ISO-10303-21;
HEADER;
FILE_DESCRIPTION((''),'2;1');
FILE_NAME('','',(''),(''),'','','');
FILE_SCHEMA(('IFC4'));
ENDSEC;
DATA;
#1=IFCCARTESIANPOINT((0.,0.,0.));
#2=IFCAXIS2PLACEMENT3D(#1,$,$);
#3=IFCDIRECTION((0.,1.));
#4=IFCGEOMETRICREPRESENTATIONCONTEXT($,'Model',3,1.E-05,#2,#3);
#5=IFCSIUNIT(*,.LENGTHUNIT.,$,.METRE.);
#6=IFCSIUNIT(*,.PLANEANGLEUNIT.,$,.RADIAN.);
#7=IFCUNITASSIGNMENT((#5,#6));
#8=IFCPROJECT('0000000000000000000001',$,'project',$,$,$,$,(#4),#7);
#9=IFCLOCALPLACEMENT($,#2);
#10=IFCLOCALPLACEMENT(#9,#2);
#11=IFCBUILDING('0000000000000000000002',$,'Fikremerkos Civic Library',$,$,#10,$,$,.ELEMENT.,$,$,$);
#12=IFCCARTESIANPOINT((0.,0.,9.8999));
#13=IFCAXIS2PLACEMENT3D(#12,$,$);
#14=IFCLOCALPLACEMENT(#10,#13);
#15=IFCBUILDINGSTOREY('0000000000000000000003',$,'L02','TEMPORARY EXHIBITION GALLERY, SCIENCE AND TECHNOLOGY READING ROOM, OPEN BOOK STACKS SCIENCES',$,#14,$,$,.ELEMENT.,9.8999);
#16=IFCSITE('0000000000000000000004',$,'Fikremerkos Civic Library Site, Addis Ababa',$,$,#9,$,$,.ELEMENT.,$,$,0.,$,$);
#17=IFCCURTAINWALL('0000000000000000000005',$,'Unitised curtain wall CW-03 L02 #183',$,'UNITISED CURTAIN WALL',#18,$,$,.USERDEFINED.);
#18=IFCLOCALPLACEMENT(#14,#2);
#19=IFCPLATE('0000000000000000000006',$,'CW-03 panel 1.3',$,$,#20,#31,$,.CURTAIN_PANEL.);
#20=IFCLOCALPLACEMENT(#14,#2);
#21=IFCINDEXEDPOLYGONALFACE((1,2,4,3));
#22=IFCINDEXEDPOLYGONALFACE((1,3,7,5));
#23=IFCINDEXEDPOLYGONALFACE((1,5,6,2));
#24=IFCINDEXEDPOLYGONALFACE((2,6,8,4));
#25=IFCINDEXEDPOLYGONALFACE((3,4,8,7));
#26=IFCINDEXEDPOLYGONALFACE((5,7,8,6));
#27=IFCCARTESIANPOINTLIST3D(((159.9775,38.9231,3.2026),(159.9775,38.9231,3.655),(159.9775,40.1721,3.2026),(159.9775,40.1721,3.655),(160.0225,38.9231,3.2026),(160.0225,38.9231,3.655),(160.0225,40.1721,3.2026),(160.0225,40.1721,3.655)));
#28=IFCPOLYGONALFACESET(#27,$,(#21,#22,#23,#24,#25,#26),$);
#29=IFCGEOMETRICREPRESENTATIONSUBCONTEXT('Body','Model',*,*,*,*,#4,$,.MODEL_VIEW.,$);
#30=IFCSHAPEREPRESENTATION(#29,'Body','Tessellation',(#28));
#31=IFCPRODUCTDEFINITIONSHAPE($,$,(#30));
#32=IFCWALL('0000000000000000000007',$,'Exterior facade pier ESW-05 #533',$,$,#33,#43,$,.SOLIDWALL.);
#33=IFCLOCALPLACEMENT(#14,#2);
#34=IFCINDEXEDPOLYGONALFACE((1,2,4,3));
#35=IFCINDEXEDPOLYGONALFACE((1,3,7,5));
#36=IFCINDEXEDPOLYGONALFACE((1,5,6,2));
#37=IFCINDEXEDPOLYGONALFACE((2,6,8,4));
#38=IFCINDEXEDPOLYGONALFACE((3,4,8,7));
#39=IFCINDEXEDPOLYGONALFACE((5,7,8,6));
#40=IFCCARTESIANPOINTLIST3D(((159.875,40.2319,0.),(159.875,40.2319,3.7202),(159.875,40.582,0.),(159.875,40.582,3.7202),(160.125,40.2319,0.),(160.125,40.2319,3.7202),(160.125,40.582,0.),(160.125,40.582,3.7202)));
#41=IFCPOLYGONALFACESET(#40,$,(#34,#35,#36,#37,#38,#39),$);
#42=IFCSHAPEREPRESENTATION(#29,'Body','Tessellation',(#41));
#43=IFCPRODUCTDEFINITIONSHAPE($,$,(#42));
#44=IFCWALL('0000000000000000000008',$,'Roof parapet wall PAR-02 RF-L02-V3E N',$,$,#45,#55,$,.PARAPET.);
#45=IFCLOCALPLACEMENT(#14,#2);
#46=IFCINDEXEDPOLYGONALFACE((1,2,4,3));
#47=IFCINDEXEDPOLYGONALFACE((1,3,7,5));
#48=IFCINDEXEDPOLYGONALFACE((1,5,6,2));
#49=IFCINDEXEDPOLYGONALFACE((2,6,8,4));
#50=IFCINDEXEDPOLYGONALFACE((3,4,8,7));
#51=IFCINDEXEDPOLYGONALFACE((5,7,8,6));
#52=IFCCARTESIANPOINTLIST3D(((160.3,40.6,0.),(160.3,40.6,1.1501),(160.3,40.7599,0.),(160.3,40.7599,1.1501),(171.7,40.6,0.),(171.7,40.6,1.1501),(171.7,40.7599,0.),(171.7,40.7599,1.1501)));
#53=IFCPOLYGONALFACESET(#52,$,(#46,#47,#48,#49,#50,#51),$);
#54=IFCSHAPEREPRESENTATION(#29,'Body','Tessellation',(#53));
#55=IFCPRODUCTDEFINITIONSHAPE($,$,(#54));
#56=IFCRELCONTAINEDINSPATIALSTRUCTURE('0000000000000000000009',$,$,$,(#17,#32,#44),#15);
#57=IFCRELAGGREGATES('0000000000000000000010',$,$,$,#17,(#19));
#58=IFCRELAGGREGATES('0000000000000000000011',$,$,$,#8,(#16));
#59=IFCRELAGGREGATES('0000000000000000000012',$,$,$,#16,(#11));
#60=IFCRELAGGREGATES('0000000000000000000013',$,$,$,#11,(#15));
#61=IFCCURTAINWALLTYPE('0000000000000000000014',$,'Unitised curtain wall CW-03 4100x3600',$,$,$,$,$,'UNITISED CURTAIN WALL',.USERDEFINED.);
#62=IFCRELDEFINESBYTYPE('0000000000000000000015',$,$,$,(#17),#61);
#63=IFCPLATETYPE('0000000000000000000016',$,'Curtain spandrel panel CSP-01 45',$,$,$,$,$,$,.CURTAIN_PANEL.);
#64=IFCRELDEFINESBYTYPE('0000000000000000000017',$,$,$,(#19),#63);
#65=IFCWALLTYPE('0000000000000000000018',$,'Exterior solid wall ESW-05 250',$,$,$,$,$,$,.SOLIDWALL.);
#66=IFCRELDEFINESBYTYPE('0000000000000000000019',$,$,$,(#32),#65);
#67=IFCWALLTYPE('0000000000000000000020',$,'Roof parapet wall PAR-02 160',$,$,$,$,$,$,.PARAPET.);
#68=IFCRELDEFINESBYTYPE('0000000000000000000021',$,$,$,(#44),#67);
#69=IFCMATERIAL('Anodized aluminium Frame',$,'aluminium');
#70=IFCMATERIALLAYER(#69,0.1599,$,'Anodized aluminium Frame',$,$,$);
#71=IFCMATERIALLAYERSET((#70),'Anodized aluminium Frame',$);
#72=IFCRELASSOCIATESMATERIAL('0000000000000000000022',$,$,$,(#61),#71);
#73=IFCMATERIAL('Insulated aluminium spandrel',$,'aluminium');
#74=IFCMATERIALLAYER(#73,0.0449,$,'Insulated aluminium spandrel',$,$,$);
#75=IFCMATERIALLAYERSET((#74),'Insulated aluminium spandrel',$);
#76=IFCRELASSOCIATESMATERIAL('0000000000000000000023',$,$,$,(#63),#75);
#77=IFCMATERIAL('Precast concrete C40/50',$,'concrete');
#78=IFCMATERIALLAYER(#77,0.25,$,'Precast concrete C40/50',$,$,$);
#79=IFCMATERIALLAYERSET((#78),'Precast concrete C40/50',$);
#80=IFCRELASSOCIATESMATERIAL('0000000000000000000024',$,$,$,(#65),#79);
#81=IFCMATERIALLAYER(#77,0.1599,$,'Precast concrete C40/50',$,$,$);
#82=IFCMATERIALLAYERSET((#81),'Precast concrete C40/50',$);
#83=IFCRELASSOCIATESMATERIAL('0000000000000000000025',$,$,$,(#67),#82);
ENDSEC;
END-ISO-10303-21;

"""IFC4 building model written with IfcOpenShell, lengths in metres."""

from ifc_helpers import new_model, si_unit, direction, frame, frame_2d, origin, origin_2d, place, context, subcontext, project, spatial, rectangle, extrude, material, layer, layer_set, type_object, element, aggregate, save


model = new_model("IFC4")

# Units and contexts
model_context = context("Model", 3, precision=1e-05, world=origin(), true_north=direction((0.0, 1.0)))
body_context = subcontext(model_context, "Body", "Model", "MODEL_VIEW")
ifc_project = project(units=[si_unit("LENGTHUNIT", "METRE"), si_unit("PLANEANGLEUNIT", "RADIAN")], contexts=[model_context])

# Site, building, storey
site_placement = place(None, origin())
site = spatial("IfcSite", under=ifc_project, at=site_placement, Name="Fikremerkos Civic Library Site, Addis Ababa", CompositionType="ELEMENT", RefElevation=0.0)
building_placement = place(site_placement, origin())
building = spatial("IfcBuilding", under=site, at=building_placement, Name="Fikremerkos Civic Library", CompositionType="ELEMENT")
storey_placement = place(building_placement, frame((0.0, 0.0, 9.8999)))
storey = spatial("IfcBuildingStorey", under=building, at=storey_placement, Name="L02", Description="TEMPORARY EXHIBITION GALLERY, SCIENCE AND TECHNOLOGY READING ROOM, OPEN BOOK STACKS SCIENCES", CompositionType="ELEMENT", Elevation=9.8999)

# Shared definitions
ifc_material_1 = material(Name="Anodized aluminium Frame", Category="aluminium")

# Curtain wall
ifc_layer_1 = layer(ifc_material_1, 0.1599, Name="Anodized aluminium Frame")
ifc_layer_set_1 = layer_set([ifc_layer_1], Name="Anodized aluminium Frame")
curtain_wall_type_1 = type_object("IfcCurtainWallType", Name="Unitised curtain wall CW-03 4100x3600", ElementType="UNITISED CURTAIN WALL", PredefinedType="USERDEFINED", material=ifc_layer_set_1)
curtain_wall_1_placement = place(storey_placement, origin())
curtain_wall_1 = element("IfcCurtainWall", 1, at=curtain_wall_1_placement, inside=storey, type_object=curtain_wall_type_1, Name="Unitised curtain wall CW-03 L02 #183", ObjectType="UNITISED CURTAIN WALL", PredefinedType="USERDEFINED")

# Plate
ifc_material_2 = material(Name="Insulated aluminium spandrel", Category="aluminium")
ifc_layer_2 = layer(ifc_material_2, 0.0449, Name="Insulated aluminium spandrel")
ifc_layer_set_2 = layer_set([ifc_layer_2], Name="Insulated aluminium spandrel")
plate_type_1 = type_object("IfcPlateType", Name="Curtain spandrel panel CSP-01 45", PredefinedType="CURTAIN_PANEL", material=ifc_layer_set_2)
plate_1_placement = place(storey_placement, frame((160.0, 39.5476, 3.2026), z_axis=(0.0, 0.0, 1.0), x_axis=(0.0, -1.0, 0.0)))
plate_1 = element("IfcPlate", 2, at=plate_1_placement, type_object=plate_type_1, Name="CW-03 panel 1.3", PredefinedType="CURTAIN_PANEL", context=body_context, shape_type="SweptSolid", body=[
    extrude(rectangle(XDim=1.249, YDim=0.0449, at=origin_2d()), origin(), (0.0, 0.0, 1.0), 0.4524),
])
aggregate(curtain_wall_1, [plate_1])

# Walls
ifc_material_3 = material(Name="Precast concrete C40/50", Category="concrete")
ifc_layer_3 = layer(ifc_material_3, 0.25, Name="Precast concrete C40/50")
ifc_layer_set_3 = layer_set([ifc_layer_3], Name="Precast concrete C40/50")
wall_type_1 = type_object("IfcWallType", Name="Exterior solid wall ESW-05 250", PredefinedType="SOLIDWALL", material=ifc_layer_set_3)
wall_1_placement = place(storey_placement, frame((160.0, 40.582, 0.0), z_axis=(0.0, 0.0, 1.0), x_axis=(0.0, -1.0, 0.0)))
element("IfcWall", 3, at=wall_1_placement, inside=storey, type_object=wall_type_1, Name="Exterior facade pier ESW-05 #533", PredefinedType="SOLIDWALL", context=body_context, shape_type="SweptSolid", body=[
    extrude(rectangle(XDim=0.3501, YDim=0.25, at=frame_2d((0.175, 0.0))), origin(), (0.0, 0.0, 1.0), 3.7202),
])
ifc_layer_4 = layer(ifc_material_3, 0.1599, Name="Precast concrete C40/50")
ifc_layer_set_4 = layer_set([ifc_layer_4], Name="Precast concrete C40/50")
wall_type_2 = type_object("IfcWallType", Name="Roof parapet wall PAR-02 160", PredefinedType="PARAPET", material=ifc_layer_set_4)
wall_2_placement = place(storey_placement, frame((160.3, 40.6799, 0.0), z_axis=(0.0, 0.0, 1.0), x_axis=(1.0, 0.0, 0.0)))
element("IfcWall", 4, at=wall_2_placement, inside=storey, type_object=wall_type_2, Name="Roof parapet wall PAR-02 RF-L02-V3E N", PredefinedType="PARAPET", context=body_context, shape_type="SweptSolid", body=[
    extrude(rectangle(XDim=11.3999, YDim=0.1599, at=frame_2d((5.7, 0.0))), origin(), (0.0, 0.0, 1.0), 1.1501),
])

save(model, "model.ifc")
